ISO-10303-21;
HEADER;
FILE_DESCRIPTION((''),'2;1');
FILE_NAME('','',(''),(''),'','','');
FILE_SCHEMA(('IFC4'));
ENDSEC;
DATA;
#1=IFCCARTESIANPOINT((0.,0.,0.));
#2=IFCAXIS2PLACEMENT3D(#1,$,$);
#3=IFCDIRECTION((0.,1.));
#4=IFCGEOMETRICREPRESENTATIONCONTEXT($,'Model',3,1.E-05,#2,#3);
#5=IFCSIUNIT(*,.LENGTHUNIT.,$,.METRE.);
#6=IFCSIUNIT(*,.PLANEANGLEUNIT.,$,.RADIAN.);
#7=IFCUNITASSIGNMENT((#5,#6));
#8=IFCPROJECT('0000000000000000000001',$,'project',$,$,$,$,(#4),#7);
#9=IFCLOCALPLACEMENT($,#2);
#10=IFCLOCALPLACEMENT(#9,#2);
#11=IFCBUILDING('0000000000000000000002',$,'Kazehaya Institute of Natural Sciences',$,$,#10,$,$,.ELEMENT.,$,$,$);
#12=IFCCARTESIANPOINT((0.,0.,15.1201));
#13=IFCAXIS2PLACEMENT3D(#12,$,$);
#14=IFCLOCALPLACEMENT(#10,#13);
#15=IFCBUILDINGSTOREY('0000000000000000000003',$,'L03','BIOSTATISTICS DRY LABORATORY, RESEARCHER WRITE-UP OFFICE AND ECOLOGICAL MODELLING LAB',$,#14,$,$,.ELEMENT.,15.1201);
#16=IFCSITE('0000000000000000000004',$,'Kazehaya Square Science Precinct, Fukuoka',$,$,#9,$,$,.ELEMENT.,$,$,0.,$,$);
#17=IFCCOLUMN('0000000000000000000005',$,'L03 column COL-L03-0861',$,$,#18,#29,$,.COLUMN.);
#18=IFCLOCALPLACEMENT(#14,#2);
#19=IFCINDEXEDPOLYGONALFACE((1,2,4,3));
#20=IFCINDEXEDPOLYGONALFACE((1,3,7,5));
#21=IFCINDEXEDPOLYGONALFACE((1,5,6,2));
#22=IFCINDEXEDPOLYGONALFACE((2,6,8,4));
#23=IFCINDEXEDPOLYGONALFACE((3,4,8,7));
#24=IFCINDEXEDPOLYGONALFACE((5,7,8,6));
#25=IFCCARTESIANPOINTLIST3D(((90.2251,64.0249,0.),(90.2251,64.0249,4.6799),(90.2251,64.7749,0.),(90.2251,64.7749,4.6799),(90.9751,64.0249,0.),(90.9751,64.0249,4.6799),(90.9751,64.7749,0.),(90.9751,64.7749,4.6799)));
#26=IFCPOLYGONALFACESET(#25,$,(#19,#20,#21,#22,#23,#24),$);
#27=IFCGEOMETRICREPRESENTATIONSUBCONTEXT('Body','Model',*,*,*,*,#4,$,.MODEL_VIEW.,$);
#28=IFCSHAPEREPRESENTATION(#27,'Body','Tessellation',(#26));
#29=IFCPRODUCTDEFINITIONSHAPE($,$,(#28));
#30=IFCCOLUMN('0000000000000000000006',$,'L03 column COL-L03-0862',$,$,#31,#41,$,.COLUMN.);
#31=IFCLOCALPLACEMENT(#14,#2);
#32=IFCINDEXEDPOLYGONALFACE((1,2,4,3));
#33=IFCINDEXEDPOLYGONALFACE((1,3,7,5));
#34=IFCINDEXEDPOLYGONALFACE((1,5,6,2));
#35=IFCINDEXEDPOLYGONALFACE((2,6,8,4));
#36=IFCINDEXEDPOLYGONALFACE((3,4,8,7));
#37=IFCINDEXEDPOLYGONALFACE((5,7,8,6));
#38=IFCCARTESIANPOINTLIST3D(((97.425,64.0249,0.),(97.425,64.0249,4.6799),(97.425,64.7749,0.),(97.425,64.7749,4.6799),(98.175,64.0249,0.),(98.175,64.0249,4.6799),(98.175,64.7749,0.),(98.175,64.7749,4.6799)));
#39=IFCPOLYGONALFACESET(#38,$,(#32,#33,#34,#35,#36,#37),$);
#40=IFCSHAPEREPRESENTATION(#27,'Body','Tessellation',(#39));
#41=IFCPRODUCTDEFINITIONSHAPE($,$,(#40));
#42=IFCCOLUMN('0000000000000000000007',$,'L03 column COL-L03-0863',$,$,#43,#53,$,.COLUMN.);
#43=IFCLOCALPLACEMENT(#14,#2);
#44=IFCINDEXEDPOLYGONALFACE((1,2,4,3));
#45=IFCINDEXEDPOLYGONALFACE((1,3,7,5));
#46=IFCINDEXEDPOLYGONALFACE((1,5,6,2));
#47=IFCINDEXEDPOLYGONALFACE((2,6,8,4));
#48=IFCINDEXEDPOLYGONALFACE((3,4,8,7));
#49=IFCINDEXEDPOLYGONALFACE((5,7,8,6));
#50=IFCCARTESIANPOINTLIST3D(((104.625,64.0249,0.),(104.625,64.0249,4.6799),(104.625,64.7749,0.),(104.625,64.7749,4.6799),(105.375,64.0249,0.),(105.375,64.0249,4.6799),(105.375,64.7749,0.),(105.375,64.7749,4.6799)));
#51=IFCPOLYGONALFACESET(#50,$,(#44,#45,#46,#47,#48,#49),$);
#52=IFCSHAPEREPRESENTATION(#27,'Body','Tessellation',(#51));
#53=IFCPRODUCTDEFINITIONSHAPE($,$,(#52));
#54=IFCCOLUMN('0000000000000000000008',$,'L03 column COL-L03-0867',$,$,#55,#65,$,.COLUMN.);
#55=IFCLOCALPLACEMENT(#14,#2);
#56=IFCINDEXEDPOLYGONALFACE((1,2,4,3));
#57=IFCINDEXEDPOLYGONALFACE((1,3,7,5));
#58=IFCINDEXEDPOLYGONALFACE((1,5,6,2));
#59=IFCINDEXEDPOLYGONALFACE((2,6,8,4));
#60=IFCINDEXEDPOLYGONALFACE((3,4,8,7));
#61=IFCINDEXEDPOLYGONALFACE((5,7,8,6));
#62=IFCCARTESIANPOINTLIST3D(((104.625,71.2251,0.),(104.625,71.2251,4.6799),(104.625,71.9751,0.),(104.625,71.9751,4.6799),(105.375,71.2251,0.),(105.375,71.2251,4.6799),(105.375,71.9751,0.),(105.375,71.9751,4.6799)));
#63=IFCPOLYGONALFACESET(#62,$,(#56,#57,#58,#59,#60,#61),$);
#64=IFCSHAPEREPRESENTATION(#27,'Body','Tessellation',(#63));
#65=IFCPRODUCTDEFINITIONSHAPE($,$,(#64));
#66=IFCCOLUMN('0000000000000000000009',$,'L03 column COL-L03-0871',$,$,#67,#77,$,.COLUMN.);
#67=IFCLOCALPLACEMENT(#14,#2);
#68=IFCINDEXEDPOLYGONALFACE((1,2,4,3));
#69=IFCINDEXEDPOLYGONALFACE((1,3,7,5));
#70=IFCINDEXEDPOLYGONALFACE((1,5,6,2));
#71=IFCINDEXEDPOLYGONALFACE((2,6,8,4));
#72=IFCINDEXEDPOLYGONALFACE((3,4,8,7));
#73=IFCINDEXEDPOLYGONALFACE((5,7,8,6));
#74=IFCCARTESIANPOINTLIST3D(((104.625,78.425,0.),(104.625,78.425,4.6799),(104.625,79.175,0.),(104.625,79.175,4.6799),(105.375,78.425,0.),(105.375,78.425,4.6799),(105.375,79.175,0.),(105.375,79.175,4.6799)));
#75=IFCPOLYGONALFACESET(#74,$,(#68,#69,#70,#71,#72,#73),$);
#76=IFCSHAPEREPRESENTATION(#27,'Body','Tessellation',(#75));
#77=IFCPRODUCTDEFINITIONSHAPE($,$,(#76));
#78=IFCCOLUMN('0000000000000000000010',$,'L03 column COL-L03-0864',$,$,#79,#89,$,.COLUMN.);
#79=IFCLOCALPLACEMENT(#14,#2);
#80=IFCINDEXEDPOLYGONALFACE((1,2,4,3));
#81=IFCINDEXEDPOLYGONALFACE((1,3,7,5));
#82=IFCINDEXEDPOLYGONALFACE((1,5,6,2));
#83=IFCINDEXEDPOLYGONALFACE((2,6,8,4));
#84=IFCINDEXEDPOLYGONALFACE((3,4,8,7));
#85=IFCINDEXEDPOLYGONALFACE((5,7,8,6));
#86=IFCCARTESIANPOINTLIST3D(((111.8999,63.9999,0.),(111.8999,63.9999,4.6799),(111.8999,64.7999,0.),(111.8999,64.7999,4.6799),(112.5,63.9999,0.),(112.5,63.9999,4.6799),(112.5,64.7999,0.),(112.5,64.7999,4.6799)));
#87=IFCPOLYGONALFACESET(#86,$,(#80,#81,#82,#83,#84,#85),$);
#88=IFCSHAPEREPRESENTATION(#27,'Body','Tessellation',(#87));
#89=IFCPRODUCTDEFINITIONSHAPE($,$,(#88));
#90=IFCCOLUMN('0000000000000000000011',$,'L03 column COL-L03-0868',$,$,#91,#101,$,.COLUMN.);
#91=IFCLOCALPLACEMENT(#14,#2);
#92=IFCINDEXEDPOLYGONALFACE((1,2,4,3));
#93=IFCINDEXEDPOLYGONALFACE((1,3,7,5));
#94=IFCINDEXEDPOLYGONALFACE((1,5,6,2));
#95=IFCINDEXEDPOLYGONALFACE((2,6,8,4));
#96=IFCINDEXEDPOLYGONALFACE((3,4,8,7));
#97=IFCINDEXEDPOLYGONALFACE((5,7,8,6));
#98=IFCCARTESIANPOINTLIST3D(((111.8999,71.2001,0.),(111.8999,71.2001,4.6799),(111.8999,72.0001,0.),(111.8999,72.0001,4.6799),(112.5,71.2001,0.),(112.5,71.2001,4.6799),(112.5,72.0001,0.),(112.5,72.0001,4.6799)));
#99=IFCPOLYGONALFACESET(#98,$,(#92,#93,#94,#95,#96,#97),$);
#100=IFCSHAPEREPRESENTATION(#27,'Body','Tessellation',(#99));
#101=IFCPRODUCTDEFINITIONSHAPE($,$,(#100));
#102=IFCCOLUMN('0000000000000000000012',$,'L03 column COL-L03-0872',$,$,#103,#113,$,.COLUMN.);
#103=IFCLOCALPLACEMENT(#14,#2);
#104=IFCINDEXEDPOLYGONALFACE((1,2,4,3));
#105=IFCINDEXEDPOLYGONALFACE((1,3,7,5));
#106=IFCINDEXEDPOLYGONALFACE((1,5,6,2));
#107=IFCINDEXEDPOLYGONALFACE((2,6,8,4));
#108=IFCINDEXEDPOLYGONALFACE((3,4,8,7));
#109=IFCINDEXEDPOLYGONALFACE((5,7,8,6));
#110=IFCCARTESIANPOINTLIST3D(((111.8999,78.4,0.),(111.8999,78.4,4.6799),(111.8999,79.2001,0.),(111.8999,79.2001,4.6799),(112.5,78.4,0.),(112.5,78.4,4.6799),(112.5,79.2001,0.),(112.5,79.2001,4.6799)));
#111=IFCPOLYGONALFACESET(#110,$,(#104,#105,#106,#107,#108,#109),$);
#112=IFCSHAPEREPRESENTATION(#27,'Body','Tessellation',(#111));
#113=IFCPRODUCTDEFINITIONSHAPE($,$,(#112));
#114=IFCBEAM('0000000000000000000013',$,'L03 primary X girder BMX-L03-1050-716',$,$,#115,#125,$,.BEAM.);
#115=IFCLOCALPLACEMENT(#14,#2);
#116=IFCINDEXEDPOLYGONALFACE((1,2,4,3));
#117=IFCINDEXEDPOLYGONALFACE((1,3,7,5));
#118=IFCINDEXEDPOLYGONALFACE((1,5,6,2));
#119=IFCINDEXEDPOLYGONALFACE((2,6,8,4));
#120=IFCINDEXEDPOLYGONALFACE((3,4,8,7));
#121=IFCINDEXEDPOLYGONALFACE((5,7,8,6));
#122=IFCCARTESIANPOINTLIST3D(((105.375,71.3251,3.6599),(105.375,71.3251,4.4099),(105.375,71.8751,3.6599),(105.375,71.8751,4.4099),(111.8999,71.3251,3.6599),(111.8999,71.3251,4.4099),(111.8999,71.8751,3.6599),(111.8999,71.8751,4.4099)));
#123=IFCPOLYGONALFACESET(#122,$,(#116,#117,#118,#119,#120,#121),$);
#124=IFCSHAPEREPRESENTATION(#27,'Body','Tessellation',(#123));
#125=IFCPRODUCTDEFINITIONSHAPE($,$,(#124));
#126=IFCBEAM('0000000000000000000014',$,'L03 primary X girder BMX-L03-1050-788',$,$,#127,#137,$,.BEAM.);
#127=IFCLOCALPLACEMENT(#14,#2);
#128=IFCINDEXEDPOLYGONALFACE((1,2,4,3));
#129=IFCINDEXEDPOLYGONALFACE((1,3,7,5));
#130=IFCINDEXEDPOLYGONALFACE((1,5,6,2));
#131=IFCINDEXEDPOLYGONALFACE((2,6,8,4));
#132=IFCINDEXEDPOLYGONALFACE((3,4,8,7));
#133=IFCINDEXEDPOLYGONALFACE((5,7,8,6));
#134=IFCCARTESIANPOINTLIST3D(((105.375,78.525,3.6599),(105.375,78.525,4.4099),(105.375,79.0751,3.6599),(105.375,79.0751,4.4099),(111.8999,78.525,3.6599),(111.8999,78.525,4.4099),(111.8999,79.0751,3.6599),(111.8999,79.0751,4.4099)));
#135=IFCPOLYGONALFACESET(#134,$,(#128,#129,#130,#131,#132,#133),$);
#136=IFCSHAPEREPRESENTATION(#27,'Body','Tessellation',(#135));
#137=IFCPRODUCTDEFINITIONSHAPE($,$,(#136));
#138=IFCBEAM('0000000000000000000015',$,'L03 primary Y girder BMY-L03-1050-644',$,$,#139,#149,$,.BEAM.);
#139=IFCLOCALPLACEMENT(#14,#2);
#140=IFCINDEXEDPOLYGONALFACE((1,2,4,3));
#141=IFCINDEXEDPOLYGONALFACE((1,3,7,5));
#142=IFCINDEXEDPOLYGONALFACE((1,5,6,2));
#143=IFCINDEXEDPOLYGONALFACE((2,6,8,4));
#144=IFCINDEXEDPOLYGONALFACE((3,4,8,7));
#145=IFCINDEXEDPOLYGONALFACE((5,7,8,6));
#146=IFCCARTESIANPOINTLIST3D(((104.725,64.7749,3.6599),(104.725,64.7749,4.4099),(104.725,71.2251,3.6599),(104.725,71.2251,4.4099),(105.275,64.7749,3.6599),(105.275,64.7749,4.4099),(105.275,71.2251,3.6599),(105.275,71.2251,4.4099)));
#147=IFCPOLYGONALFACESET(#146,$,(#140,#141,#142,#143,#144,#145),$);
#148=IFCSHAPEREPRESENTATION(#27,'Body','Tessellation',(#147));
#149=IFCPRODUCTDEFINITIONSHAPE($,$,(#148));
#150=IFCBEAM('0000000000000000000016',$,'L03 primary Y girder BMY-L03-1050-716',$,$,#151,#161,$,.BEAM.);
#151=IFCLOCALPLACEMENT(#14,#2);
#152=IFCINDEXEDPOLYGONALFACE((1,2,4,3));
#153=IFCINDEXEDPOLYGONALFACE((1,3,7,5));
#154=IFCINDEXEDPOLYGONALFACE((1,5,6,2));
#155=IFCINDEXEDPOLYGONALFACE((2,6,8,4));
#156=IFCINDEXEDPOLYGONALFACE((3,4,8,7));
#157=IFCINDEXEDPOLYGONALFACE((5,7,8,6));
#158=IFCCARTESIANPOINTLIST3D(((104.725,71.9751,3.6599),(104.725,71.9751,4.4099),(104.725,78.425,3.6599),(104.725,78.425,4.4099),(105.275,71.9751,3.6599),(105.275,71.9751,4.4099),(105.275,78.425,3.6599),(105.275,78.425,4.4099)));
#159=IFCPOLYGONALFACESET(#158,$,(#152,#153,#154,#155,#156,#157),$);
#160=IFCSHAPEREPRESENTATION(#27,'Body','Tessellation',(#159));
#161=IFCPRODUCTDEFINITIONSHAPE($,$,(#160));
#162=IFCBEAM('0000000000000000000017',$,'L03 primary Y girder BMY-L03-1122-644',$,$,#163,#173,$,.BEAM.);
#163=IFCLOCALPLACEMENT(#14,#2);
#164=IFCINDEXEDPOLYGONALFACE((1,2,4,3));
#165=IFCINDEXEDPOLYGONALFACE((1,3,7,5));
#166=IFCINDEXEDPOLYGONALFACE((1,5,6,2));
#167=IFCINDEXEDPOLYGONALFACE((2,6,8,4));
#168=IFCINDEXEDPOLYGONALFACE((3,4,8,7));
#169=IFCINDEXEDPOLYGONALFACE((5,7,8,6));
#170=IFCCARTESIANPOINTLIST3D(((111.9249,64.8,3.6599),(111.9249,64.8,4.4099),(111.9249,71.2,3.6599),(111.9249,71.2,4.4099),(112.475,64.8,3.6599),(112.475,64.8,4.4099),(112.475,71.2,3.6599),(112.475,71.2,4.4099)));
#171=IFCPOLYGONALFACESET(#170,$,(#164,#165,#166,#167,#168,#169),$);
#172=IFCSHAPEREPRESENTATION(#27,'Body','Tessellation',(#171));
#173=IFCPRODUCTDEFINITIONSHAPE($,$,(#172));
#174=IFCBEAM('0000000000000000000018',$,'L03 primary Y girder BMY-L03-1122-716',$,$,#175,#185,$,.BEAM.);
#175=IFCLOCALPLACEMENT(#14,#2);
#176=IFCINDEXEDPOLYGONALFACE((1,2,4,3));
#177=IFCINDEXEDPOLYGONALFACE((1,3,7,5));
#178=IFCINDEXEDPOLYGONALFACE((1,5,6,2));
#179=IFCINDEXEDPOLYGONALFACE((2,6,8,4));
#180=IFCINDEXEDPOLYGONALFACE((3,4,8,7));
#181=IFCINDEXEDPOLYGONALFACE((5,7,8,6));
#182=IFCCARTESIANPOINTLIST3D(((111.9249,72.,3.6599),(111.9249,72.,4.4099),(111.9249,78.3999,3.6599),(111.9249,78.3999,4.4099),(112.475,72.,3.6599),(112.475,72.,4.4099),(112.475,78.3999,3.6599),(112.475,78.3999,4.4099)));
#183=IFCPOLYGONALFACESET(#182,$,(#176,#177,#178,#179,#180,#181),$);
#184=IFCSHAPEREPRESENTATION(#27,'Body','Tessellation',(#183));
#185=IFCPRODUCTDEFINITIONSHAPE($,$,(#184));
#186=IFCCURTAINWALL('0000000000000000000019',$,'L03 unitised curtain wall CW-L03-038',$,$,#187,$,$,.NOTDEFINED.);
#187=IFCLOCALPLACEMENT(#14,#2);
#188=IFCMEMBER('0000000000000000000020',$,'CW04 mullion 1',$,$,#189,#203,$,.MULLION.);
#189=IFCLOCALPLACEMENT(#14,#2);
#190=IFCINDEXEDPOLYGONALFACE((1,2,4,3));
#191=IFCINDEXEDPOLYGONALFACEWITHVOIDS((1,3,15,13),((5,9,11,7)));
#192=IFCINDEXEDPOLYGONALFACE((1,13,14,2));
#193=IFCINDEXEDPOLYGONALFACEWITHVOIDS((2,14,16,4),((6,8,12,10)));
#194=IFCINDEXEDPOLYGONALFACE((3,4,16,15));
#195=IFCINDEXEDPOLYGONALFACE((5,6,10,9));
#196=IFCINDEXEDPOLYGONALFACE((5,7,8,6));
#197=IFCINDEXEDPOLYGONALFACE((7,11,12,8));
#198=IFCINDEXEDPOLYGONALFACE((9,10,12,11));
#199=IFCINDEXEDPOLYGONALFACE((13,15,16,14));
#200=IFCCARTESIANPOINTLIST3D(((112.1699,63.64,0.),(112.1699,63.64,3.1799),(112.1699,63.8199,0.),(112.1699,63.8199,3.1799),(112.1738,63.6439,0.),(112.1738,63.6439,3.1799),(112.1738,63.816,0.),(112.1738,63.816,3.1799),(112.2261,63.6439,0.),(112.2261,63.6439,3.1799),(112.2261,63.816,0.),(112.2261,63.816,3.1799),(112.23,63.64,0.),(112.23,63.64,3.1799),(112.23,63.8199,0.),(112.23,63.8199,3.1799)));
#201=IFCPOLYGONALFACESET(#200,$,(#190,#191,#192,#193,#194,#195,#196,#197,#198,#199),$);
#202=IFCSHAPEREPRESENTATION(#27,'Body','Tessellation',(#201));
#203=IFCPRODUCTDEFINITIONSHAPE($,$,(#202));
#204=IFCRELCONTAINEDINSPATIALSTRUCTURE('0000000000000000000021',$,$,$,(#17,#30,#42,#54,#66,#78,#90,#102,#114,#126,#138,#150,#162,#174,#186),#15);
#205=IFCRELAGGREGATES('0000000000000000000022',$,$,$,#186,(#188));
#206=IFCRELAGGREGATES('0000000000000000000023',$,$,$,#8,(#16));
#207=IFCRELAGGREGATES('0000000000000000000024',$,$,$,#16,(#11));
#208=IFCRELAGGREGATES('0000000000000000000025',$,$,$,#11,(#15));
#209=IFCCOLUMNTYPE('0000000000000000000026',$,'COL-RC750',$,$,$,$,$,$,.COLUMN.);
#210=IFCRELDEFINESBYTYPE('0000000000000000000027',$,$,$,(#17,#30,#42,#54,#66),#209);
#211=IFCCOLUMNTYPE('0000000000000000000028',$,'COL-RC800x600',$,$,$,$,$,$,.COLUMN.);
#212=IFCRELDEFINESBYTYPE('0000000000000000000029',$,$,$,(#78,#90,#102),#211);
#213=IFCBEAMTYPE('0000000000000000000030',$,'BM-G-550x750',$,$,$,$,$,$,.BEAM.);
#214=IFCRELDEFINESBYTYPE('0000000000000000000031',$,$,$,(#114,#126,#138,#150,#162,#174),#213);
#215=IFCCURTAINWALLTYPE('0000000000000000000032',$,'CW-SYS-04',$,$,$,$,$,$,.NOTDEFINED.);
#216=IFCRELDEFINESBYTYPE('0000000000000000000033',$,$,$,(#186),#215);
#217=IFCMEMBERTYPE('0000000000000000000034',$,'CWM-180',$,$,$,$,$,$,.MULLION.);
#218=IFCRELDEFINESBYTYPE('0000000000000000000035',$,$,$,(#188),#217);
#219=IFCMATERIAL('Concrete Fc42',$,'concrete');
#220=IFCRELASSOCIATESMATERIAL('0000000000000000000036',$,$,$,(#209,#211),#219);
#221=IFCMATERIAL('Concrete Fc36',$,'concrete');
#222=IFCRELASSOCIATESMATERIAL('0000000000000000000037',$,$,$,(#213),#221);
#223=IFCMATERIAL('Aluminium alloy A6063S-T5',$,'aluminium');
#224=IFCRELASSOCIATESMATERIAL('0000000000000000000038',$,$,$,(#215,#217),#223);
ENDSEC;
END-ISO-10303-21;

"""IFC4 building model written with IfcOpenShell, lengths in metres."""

from ifc_helpers import new_model, si_unit, direction, frame, origin, origin_2d, place, context, subcontext, project, spatial, rectangle, hollow_rectangle, extrude, material, material_profile, profile_set, type_object, element, aggregate, save


model = new_model("IFC4")

# Units and contexts
model_context = context("Model", 3, precision=1e-05, world=origin(), true_north=direction((0.0, 1.0)))
body_context = subcontext(model_context, "Body", "Model", "MODEL_VIEW")
ifc_project = project(units=[si_unit("LENGTHUNIT", "METRE"), si_unit("PLANEANGLEUNIT", "RADIAN")], contexts=[model_context])

# Site, building, storey
site_placement = place(None, origin())
site = spatial("IfcSite", under=ifc_project, at=site_placement, Name="Kazehaya Square Science Precinct, Fukuoka", CompositionType="ELEMENT", RefElevation=0.0)
building_placement = place(site_placement, origin())
building = spatial("IfcBuilding", under=site, at=building_placement, Name="Kazehaya Institute of Natural Sciences", CompositionType="ELEMENT")
storey_placement = place(building_placement, frame((0.0, 0.0, 15.1201)))
storey = spatial("IfcBuildingStorey", under=building, at=storey_placement, Name="L03", Description="BIOSTATISTICS DRY LABORATORY, RESEARCHER WRITE-UP OFFICE AND ECOLOGICAL MODELLING LAB", CompositionType="ELEMENT", Elevation=15.1201)

# Columns
ifc_material_1 = material(Name="Concrete Fc42", Category="concrete")
ifc_material_profile_1 = material_profile(ifc_material_1, rectangle(XDim=0.75, YDim=0.75, at=origin_2d()), Name="RC-750x750")
ifc_profile_set_1 = profile_set([ifc_material_profile_1], Name="Concrete Fc42")
column_type_1 = type_object("IfcColumnType", Name="COL-RC750", PredefinedType="COLUMN", material=ifc_profile_set_1)
for number, where, z_axis, x_axis, name in (
    (1, (90.6001, 64.3999, 0.0), (0.0, 0.0, 1.0), (1.0, 0.0, 0.0), "L03 column COL-L03-0861"),
    (2, (97.8, 64.3999, 0.0), (0.0, 0.0, 1.0), (1.0, 0.0, 0.0), "L03 column COL-L03-0862"),
    (3, (105.0, 64.3999, 0.0), (0.0, 0.0, 1.0), (1.0, 0.0, 0.0), "L03 column COL-L03-0863"),
    (4, (105.0, 71.6001, 0.0), (0.0, 0.0, 1.0), (1.0, 0.0, 0.0), "L03 column COL-L03-0867"),
    (5, (105.0, 78.8, 0.0), (0.0, 0.0, 1.0), (1.0, 0.0, 0.0), "L03 column COL-L03-0871"),
):
    element("IfcColumn", number, at=place(storey_placement, frame(where, z_axis=z_axis, x_axis=x_axis)), inside=storey, type_object=column_type_1, Name=name, PredefinedType="COLUMN", context=body_context, shape_type="SweptSolid", body=[
        extrude(rectangle(XDim=0.75, YDim=0.75, at=origin_2d()), origin(), (0.0, 0.0, 1.0), 4.6799),
    ])
ifc_material_profile_2 = material_profile(ifc_material_1, rectangle(XDim=0.6001, YDim=0.8, at=origin_2d()), Name="RC-800x600")
ifc_profile_set_2 = profile_set([ifc_material_profile_2], Name="Concrete Fc42")
column_type_2 = type_object("IfcColumnType", Name="COL-RC800x600", PredefinedType="COLUMN", material=ifc_profile_set_2)
for number, where, z_axis, x_axis, name in (
    (6, (112.2, 64.3999, 0.0), (0.0, 0.0, 1.0), (1.0, 0.0, 0.0), "L03 column COL-L03-0864"),
    (7, (112.2, 71.6001, 0.0), (0.0, 0.0, 1.0), (1.0, 0.0, 0.0), "L03 column COL-L03-0868"),
    (8, (112.2, 78.8, 0.0), (0.0, 0.0, 1.0), (1.0, 0.0, 0.0), "L03 column COL-L03-0872"),
):
    element("IfcColumn", number, at=place(storey_placement, frame(where, z_axis=z_axis, x_axis=x_axis)), inside=storey, type_object=column_type_2, Name=name, PredefinedType="COLUMN", context=body_context, shape_type="SweptSolid", body=[
        extrude(rectangle(XDim=0.6001, YDim=0.8, at=origin_2d()), origin(), (0.0, 0.0, 1.0), 4.6799),
    ])

# Beams
ifc_material_2 = material(Name="Concrete Fc36", Category="concrete")
ifc_material_profile_3 = material_profile(ifc_material_2, rectangle(XDim=0.55, YDim=0.75, at=origin_2d()), Name="RC-550x750")
ifc_profile_set_3 = profile_set([ifc_material_profile_3], Name="Concrete Fc36")
beam_type = type_object("IfcBeamType", Name="BM-G-550x750", PredefinedType="BEAM", material=ifc_profile_set_3)
for number, where, z_axis, x_axis, name in (
    (9, (105.375, 71.6001, 4.0349), (1.0, 0.0, 0.0), (0.0, 1.0, 0.0), "L03 primary X girder BMX-L03-1050-716"),
    (10, (105.375, 78.8, 4.0349), (1.0, 0.0, 0.0), (0.0, 1.0, 0.0), "L03 primary X girder BMX-L03-1050-788"),
):
    element("IfcBeam", number, at=place(storey_placement, frame(where, z_axis=z_axis, x_axis=x_axis)), inside=storey, type_object=beam_type, Name=name, PredefinedType="BEAM", context=body_context, shape_type="SweptSolid", body=[
        extrude(rectangle(XDim=0.55, YDim=0.75, at=origin_2d()), origin(), (0.0, 0.0, 1.0), 6.5249),
    ])
beam_1_placement = place(storey_placement, frame((105.0, 64.7749, 4.0349), z_axis=(0.0, 1.0, 0.0), x_axis=(-1.0, 0.0, 0.0)))
element("IfcBeam", 11, at=beam_1_placement, inside=storey, type_object=beam_type, Name="L03 primary Y girder BMY-L03-1050-644", PredefinedType="BEAM", context=body_context, shape_type="SweptSolid", body=[
    extrude(rectangle(XDim=0.55, YDim=0.75, at=origin_2d()), origin(), (0.0, 0.0, 1.0), 6.4502),
])
beam_2_placement = place(storey_placement, frame((105.0, 71.9751, 4.0349), z_axis=(0.0, 1.0, 0.0), x_axis=(-1.0, 0.0, 0.0)))
element("IfcBeam", 12, at=beam_2_placement, inside=storey, type_object=beam_type, Name="L03 primary Y girder BMY-L03-1050-716", PredefinedType="BEAM", context=body_context, shape_type="SweptSolid", body=[
    extrude(rectangle(XDim=0.55, YDim=0.75, at=origin_2d()), origin(), (0.0, 0.0, 1.0), 6.45),
])
for number, where, z_axis, x_axis, name in (
    (13, (112.2, 64.8, 4.0349), (0.0, 1.0, 0.0), (-1.0, 0.0, 0.0), "L03 primary Y girder BMY-L03-1122-644"),
    (14, (112.2, 72.0, 4.0349), (0.0, 1.0, 0.0), (-1.0, 0.0, 0.0), "L03 primary Y girder BMY-L03-1122-716"),
):
    element("IfcBeam", number, at=place(storey_placement, frame(where, z_axis=z_axis, x_axis=x_axis)), inside=storey, type_object=beam_type, Name=name, PredefinedType="BEAM", context=body_context, shape_type="SweptSolid", body=[
        extrude(rectangle(XDim=0.55, YDim=0.75, at=origin_2d()), origin(), (0.0, 0.0, 1.0), 6.3999),
    ])

# Curtain wall, member
ifc_material_3 = material(Name="Aluminium alloy A6063S-T5", Category="aluminium")
curtain_wall_type = type_object("IfcCurtainWallType", Name="CW-SYS-04", PredefinedType="NOTDEFINED", material=ifc_material_3)
curtain_wall_placement = place(storey_placement, origin())
curtain_wall = element("IfcCurtainWall", 15, at=curtain_wall_placement, inside=storey, type_object=curtain_wall_type, Name="L03 unitised curtain wall CW-L03-038", PredefinedType="NOTDEFINED")
ifc_material_profile_4 = material_profile(ifc_material_3, hollow_rectangle(XDim=0.0601, YDim=0.1799, WallThickness=0.0039, at=origin_2d()), Name="ALU-60x180x4")
ifc_profile_set_4 = profile_set([ifc_material_profile_4], Name="Aluminium alloy A6063S-T5")
member_type_1 = type_object("IfcMemberType", Name="CWM-180", PredefinedType="MULLION", material=ifc_profile_set_4)
member_1_placement = place(storey_placement, frame((112.2, 63.73, 0.0), z_axis=(0.0, 0.0, 1.0), x_axis=(1.0, 0.0, 0.0)))
member_1 = element("IfcMember", 16, at=member_1_placement, type_object=member_type_1, Name="CW04 mullion 1", PredefinedType="MULLION", context=body_context, shape_type="SweptSolid", body=[
    extrude(hollow_rectangle(XDim=0.0601, YDim=0.1799, WallThickness=0.0039, at=origin_2d()), origin(), (0.0, 0.0, 1.0), 3.1799),
])
aggregate(curtain_wall, [member_1])

save(model, "model.ifc")
